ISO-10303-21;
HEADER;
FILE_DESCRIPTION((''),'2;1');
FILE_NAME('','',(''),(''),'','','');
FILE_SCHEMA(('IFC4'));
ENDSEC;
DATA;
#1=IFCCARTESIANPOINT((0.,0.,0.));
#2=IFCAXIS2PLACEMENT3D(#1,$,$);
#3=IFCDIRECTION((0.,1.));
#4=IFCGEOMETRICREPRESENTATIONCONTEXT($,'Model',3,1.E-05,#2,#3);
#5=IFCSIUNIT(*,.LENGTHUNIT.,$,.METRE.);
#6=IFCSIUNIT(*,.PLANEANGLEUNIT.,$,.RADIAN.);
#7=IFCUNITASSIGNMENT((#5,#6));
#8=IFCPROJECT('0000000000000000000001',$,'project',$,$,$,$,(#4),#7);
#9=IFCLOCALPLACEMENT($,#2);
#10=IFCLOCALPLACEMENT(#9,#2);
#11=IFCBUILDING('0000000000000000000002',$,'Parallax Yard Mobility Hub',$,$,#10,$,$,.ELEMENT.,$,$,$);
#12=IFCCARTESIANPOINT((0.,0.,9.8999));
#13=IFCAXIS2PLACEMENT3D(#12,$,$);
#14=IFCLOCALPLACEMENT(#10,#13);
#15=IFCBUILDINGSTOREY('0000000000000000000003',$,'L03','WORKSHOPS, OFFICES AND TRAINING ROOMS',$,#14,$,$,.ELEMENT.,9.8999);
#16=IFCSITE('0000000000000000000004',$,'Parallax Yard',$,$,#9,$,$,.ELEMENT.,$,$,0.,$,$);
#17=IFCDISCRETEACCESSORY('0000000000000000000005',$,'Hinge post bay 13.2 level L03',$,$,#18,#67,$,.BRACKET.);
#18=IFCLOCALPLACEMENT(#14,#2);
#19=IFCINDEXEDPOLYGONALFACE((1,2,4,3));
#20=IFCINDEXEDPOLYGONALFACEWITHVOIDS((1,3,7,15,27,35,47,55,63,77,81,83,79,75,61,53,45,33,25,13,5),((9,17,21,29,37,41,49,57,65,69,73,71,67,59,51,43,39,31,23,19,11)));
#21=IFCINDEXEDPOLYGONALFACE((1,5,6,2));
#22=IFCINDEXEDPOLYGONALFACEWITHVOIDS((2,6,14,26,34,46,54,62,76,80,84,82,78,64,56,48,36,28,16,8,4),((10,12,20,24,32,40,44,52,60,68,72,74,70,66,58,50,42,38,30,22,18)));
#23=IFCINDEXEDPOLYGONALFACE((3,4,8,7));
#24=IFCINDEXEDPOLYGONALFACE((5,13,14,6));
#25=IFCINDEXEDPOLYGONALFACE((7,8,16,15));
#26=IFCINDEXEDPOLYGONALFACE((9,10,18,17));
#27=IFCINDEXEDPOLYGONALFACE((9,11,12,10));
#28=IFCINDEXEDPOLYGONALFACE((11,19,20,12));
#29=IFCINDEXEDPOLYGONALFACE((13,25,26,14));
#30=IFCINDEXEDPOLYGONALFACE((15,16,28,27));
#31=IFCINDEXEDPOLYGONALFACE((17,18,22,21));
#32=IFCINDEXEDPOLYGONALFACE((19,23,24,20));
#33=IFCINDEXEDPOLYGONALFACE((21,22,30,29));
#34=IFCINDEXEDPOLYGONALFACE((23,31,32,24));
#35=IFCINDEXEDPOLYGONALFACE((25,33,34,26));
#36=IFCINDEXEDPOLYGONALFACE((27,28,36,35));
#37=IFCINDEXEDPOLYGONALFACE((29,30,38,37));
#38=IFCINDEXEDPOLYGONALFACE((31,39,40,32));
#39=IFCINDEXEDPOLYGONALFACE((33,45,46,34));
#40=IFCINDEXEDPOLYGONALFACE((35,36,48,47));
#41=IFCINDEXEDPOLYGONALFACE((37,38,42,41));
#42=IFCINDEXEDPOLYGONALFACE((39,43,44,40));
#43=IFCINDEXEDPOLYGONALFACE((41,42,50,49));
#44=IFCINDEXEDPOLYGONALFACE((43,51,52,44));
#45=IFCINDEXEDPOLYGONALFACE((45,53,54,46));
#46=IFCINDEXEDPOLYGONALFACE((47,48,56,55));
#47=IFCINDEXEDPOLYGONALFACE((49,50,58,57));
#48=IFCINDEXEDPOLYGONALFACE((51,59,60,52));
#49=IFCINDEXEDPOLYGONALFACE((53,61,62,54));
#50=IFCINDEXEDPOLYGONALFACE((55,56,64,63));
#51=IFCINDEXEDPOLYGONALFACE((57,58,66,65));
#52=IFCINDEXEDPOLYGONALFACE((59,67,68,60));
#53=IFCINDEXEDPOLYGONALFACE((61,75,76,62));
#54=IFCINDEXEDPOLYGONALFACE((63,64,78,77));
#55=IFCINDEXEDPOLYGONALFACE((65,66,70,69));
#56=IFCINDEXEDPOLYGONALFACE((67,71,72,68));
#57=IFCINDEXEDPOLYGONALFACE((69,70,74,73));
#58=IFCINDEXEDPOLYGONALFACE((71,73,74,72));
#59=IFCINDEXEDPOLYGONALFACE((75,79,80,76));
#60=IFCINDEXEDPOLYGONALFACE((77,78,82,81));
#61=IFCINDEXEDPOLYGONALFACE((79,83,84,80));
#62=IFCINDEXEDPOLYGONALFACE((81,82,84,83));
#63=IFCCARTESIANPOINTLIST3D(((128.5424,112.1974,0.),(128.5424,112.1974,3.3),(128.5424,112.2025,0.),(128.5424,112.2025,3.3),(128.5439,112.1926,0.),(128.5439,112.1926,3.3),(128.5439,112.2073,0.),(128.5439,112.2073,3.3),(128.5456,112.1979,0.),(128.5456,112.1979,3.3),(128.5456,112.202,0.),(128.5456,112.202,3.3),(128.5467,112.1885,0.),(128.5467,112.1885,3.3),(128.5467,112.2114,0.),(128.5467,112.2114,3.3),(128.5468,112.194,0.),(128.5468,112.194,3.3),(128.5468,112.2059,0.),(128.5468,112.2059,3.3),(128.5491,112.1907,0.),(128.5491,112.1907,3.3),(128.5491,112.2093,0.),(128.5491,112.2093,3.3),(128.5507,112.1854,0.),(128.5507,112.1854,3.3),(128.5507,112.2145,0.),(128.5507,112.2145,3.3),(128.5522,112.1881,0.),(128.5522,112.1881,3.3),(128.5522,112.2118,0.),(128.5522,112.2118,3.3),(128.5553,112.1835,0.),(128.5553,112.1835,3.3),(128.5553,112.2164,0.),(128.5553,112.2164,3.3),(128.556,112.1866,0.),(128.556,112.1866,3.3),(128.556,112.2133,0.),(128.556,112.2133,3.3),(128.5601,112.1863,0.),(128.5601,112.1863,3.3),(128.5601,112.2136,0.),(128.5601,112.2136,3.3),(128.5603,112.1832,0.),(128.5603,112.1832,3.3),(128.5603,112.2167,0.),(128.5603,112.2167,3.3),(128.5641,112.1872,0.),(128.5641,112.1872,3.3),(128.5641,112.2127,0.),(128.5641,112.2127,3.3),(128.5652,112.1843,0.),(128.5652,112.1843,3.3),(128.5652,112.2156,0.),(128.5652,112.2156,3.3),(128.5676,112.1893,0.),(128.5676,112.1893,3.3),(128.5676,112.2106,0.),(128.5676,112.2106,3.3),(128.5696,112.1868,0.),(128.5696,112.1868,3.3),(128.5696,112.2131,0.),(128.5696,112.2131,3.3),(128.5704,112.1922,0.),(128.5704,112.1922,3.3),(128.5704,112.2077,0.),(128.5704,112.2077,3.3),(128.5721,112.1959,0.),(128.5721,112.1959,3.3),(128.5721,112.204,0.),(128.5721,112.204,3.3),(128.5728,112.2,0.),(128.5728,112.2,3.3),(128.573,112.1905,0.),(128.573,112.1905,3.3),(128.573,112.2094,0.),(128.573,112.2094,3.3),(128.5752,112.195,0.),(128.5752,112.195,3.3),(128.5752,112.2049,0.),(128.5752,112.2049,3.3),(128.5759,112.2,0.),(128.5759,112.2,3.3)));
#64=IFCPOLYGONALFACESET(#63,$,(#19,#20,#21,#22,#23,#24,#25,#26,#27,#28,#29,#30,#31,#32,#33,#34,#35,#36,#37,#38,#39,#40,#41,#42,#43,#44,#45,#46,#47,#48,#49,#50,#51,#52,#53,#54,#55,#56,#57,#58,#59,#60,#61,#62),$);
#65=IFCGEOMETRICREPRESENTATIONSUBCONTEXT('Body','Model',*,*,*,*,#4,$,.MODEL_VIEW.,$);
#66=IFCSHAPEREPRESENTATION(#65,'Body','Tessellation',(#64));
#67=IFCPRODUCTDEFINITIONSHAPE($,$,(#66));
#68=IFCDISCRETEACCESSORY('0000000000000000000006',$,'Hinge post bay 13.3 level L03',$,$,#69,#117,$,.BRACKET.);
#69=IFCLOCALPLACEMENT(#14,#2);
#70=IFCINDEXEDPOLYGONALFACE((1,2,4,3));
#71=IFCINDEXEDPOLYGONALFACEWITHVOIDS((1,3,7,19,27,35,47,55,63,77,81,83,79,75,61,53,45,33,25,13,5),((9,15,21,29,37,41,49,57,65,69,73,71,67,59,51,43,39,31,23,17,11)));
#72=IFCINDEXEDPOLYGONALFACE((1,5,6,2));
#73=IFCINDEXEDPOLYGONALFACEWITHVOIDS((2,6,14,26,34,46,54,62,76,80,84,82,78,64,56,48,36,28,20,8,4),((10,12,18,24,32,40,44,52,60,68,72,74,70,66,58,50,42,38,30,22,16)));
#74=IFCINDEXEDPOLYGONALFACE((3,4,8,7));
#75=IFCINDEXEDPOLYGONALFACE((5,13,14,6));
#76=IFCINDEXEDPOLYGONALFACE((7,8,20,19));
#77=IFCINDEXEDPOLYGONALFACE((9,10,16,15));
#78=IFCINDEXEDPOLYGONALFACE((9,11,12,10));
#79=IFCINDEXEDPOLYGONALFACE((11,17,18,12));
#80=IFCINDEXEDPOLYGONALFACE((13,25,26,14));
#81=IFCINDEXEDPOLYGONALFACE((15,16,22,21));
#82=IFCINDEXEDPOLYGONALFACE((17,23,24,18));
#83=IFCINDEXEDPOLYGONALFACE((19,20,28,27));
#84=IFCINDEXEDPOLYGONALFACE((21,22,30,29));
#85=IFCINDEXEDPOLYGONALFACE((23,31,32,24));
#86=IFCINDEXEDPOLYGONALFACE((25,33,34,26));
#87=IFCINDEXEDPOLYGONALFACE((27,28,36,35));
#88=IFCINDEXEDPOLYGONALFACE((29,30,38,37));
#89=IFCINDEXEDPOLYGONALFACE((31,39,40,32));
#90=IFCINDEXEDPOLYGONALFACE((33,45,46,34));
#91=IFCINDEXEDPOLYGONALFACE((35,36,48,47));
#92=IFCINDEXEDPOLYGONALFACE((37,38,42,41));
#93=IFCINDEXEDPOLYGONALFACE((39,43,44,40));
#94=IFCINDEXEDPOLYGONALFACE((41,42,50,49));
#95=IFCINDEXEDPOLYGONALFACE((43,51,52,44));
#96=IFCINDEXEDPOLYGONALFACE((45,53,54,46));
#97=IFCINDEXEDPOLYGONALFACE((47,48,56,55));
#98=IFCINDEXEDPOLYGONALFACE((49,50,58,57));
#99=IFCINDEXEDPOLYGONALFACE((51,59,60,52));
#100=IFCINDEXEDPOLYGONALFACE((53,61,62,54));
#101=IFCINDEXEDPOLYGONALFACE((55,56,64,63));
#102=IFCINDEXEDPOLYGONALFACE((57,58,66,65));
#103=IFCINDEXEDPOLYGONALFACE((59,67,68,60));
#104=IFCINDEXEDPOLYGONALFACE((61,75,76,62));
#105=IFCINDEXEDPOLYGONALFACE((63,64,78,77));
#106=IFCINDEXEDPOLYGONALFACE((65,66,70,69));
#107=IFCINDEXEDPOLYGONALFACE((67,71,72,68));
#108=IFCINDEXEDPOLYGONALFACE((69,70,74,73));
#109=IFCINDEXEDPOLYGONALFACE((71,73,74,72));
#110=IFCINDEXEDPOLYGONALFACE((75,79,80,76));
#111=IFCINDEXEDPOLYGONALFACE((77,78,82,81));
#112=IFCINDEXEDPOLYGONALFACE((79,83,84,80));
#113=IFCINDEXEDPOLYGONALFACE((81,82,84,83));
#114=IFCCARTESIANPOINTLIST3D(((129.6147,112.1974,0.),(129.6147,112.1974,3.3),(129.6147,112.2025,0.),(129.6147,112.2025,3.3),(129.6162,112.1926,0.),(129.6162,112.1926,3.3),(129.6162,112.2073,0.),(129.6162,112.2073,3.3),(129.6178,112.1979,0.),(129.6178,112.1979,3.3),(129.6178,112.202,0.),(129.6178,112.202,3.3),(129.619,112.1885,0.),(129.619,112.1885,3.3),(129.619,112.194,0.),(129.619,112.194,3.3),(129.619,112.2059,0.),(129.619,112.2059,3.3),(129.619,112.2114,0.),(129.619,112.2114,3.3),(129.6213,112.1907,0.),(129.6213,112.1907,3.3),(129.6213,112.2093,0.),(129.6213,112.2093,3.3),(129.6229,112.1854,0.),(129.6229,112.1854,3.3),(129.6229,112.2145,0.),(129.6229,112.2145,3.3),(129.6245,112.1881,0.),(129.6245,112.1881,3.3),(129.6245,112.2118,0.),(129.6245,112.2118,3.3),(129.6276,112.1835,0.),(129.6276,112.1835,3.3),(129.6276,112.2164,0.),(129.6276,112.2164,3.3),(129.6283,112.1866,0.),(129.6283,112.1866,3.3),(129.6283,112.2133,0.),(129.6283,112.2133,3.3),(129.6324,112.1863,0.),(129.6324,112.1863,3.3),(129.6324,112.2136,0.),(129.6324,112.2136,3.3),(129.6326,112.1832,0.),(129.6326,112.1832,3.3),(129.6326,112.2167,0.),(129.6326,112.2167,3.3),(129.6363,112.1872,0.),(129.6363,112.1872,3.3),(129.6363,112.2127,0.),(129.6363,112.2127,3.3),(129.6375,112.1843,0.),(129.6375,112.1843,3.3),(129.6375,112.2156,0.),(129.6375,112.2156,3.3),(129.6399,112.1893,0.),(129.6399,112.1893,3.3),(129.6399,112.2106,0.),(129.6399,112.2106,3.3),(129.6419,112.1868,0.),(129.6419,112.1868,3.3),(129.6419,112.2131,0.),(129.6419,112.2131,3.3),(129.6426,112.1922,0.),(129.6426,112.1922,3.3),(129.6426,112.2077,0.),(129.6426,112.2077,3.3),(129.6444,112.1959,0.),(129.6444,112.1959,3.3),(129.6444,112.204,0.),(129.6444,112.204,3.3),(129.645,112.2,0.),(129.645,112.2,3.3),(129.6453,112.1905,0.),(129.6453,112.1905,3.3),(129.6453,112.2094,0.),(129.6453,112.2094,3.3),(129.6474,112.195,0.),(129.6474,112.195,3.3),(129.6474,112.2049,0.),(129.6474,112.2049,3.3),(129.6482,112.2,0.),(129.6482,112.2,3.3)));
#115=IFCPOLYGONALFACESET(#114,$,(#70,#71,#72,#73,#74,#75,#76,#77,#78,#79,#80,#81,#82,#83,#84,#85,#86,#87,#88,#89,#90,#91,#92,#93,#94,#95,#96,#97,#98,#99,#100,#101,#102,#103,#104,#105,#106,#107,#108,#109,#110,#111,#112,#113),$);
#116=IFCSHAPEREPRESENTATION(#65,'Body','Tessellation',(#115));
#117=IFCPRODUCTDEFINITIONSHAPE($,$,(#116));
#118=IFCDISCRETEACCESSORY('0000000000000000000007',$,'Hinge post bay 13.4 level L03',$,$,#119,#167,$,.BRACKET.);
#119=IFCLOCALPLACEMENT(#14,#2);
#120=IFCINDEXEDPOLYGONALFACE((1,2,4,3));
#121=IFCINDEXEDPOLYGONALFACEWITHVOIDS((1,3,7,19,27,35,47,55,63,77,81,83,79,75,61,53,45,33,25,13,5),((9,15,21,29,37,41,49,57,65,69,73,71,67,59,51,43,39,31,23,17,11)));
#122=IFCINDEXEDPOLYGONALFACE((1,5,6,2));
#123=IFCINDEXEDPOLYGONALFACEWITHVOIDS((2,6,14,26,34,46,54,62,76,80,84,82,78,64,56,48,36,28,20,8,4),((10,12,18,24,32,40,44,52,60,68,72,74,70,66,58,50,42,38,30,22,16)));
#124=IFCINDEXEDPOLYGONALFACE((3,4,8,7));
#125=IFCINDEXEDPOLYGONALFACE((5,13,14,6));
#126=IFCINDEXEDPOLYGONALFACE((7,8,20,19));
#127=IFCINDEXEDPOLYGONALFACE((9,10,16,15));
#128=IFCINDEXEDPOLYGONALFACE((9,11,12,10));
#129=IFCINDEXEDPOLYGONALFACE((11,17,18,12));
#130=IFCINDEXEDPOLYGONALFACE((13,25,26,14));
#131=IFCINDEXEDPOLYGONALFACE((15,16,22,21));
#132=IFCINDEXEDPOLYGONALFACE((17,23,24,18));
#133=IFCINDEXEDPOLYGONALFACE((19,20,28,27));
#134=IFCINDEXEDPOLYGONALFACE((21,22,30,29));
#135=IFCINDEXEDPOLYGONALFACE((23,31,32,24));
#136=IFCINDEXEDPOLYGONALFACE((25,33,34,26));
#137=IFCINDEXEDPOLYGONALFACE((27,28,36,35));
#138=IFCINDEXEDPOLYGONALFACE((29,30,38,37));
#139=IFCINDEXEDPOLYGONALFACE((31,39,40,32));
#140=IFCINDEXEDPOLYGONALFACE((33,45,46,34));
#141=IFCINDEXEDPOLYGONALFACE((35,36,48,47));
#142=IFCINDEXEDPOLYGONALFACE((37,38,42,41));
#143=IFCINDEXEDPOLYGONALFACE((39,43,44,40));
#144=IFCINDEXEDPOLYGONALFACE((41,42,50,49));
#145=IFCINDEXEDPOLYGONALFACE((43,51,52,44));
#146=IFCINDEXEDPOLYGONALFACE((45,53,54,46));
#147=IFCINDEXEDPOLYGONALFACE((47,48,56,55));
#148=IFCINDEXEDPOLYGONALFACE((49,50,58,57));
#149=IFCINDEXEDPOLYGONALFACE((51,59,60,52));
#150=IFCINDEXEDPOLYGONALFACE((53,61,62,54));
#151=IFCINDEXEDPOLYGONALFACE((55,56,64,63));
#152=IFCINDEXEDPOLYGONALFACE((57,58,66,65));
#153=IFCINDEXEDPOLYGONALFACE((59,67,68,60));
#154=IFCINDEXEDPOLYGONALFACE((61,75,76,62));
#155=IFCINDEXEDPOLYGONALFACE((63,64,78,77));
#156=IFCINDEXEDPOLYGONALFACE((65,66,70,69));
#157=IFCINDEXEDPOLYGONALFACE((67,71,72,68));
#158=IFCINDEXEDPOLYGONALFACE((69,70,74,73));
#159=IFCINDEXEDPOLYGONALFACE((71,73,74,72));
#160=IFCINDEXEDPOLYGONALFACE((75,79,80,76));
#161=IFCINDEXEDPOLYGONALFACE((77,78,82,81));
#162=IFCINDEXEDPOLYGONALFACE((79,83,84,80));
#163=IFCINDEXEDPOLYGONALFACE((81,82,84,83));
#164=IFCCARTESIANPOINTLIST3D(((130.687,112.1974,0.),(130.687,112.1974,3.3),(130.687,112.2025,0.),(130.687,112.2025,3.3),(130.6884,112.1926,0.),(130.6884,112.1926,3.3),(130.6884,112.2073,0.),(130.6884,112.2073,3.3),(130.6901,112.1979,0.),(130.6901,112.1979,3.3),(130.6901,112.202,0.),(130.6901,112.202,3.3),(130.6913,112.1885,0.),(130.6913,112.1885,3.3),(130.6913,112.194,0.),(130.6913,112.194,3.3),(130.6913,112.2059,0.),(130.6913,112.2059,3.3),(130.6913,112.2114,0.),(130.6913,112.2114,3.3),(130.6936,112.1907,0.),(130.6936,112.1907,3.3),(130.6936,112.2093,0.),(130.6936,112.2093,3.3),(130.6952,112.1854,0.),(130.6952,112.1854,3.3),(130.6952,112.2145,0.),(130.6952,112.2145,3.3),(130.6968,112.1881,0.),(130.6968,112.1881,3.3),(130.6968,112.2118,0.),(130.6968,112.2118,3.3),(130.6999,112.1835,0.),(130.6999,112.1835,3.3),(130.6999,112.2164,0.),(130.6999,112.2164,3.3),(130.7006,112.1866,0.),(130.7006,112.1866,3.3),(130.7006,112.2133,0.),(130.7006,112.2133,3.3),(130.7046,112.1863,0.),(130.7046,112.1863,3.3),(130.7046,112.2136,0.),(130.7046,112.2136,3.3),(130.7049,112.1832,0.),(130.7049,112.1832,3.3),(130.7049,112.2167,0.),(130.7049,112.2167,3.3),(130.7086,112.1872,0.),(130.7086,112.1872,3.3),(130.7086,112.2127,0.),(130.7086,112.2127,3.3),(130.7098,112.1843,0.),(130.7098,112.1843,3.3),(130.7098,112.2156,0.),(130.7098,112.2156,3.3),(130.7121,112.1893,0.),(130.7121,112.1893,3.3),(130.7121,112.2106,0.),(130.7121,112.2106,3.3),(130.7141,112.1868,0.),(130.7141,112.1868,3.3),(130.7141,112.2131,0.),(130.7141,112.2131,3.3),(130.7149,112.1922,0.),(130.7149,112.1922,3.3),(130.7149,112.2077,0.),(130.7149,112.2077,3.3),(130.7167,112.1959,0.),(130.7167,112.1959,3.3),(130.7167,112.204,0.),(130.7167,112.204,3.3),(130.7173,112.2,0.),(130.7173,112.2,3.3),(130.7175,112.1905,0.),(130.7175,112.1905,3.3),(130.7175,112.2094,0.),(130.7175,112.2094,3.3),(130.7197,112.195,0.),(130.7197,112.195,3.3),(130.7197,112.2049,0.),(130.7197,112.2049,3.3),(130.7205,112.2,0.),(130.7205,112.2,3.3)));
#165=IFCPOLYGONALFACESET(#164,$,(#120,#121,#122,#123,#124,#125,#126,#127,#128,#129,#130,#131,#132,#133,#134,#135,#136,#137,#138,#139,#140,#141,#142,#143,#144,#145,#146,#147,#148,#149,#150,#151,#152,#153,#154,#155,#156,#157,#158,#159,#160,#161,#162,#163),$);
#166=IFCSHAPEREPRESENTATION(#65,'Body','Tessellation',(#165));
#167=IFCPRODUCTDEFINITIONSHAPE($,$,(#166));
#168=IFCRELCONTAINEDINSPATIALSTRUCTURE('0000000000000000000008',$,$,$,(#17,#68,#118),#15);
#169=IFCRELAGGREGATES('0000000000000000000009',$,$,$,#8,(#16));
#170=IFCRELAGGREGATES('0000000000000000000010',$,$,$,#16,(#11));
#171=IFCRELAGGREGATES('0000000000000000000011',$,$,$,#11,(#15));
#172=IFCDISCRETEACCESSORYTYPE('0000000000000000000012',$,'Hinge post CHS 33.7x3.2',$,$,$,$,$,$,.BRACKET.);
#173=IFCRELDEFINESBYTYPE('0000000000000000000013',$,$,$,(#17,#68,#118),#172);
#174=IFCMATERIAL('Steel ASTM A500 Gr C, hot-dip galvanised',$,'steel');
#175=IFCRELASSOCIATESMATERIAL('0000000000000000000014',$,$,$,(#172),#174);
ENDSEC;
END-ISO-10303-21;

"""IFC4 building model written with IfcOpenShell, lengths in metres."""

from ifc_helpers import new_model, si_unit, direction, frame, origin, origin_2d, place, context, subcontext, project, spatial, hollow_circle, extrude, material, material_profile, profile_set, type_object, element, save


model = new_model("IFC4")

# Units and contexts
model_context = context("Model", 3, precision=1e-05, world=origin(), true_north=direction((0.0, 1.0)))
body_context = subcontext(model_context, "Body", "Model", "MODEL_VIEW")
ifc_project = project(units=[si_unit("LENGTHUNIT", "METRE"), si_unit("PLANEANGLEUNIT", "RADIAN")], contexts=[model_context])

# Site, building, storey
site_placement = place(None, origin())
site = spatial("IfcSite", under=ifc_project, at=site_placement, Name="Parallax Yard", CompositionType="ELEMENT", RefElevation=0.0)
building_placement = place(site_placement, origin())
building = spatial("IfcBuilding", under=site, at=building_placement, Name="Parallax Yard Mobility Hub", CompositionType="ELEMENT")
storey_placement = place(building_placement, frame((0.0, 0.0, 9.8999)))
storey = spatial("IfcBuildingStorey", under=building, at=storey_placement, Name="L03", Description="WORKSHOPS, OFFICES AND TRAINING ROOMS", CompositionType="ELEMENT", Elevation=9.8999)

# Discrete accessories
ifc_material_1 = material(Name="Steel ASTM A500 Gr C, hot-dip galvanised", Category="steel")
ifc_material_profile_1 = material_profile(ifc_material_1, hollow_circle(Radius=0.0168, WallThickness=0.0032, at=origin_2d()), Name="CHS 33.7x3.2")
ifc_profile_set_1 = profile_set([ifc_material_profile_1], Name="Steel ASTM A500 Gr C, hot-dip galvanised")
discrete_accessory_type_1 = type_object("IfcDiscreteAccessoryType", Name="Hinge post CHS 33.7x3.2", PredefinedType="BRACKET", material=ifc_profile_set_1)
for number, where, z_axis, x_axis, name in (
    (1, (128.5591, 112.2, 0.0), (0.0, 0.0, 1.0), (1.0, 0.0, 0.0), "Hinge post bay 13.2 level L03"),
    (2, (129.6313, 112.2, 0.0), (0.0, 0.0, 1.0), (1.0, 0.0, 0.0), "Hinge post bay 13.3 level L03"),
    (3, (130.7036, 112.2, 0.0), (0.0, 0.0, 1.0), (1.0, 0.0, 0.0), "Hinge post bay 13.4 level L03"),
):
    element("IfcDiscreteAccessory", number, at=place(storey_placement, frame(where, z_axis=z_axis, x_axis=x_axis)), inside=storey, type_object=discrete_accessory_type_1, Name=name, PredefinedType="BRACKET", context=body_context, shape_type="SweptSolid", body=[
        extrude(hollow_circle(Radius=0.0168, WallThickness=0.0032, at=origin_2d()), origin(), (0.0, 0.0, 1.0), 3.3),
    ])

save(model, "model.ifc")
